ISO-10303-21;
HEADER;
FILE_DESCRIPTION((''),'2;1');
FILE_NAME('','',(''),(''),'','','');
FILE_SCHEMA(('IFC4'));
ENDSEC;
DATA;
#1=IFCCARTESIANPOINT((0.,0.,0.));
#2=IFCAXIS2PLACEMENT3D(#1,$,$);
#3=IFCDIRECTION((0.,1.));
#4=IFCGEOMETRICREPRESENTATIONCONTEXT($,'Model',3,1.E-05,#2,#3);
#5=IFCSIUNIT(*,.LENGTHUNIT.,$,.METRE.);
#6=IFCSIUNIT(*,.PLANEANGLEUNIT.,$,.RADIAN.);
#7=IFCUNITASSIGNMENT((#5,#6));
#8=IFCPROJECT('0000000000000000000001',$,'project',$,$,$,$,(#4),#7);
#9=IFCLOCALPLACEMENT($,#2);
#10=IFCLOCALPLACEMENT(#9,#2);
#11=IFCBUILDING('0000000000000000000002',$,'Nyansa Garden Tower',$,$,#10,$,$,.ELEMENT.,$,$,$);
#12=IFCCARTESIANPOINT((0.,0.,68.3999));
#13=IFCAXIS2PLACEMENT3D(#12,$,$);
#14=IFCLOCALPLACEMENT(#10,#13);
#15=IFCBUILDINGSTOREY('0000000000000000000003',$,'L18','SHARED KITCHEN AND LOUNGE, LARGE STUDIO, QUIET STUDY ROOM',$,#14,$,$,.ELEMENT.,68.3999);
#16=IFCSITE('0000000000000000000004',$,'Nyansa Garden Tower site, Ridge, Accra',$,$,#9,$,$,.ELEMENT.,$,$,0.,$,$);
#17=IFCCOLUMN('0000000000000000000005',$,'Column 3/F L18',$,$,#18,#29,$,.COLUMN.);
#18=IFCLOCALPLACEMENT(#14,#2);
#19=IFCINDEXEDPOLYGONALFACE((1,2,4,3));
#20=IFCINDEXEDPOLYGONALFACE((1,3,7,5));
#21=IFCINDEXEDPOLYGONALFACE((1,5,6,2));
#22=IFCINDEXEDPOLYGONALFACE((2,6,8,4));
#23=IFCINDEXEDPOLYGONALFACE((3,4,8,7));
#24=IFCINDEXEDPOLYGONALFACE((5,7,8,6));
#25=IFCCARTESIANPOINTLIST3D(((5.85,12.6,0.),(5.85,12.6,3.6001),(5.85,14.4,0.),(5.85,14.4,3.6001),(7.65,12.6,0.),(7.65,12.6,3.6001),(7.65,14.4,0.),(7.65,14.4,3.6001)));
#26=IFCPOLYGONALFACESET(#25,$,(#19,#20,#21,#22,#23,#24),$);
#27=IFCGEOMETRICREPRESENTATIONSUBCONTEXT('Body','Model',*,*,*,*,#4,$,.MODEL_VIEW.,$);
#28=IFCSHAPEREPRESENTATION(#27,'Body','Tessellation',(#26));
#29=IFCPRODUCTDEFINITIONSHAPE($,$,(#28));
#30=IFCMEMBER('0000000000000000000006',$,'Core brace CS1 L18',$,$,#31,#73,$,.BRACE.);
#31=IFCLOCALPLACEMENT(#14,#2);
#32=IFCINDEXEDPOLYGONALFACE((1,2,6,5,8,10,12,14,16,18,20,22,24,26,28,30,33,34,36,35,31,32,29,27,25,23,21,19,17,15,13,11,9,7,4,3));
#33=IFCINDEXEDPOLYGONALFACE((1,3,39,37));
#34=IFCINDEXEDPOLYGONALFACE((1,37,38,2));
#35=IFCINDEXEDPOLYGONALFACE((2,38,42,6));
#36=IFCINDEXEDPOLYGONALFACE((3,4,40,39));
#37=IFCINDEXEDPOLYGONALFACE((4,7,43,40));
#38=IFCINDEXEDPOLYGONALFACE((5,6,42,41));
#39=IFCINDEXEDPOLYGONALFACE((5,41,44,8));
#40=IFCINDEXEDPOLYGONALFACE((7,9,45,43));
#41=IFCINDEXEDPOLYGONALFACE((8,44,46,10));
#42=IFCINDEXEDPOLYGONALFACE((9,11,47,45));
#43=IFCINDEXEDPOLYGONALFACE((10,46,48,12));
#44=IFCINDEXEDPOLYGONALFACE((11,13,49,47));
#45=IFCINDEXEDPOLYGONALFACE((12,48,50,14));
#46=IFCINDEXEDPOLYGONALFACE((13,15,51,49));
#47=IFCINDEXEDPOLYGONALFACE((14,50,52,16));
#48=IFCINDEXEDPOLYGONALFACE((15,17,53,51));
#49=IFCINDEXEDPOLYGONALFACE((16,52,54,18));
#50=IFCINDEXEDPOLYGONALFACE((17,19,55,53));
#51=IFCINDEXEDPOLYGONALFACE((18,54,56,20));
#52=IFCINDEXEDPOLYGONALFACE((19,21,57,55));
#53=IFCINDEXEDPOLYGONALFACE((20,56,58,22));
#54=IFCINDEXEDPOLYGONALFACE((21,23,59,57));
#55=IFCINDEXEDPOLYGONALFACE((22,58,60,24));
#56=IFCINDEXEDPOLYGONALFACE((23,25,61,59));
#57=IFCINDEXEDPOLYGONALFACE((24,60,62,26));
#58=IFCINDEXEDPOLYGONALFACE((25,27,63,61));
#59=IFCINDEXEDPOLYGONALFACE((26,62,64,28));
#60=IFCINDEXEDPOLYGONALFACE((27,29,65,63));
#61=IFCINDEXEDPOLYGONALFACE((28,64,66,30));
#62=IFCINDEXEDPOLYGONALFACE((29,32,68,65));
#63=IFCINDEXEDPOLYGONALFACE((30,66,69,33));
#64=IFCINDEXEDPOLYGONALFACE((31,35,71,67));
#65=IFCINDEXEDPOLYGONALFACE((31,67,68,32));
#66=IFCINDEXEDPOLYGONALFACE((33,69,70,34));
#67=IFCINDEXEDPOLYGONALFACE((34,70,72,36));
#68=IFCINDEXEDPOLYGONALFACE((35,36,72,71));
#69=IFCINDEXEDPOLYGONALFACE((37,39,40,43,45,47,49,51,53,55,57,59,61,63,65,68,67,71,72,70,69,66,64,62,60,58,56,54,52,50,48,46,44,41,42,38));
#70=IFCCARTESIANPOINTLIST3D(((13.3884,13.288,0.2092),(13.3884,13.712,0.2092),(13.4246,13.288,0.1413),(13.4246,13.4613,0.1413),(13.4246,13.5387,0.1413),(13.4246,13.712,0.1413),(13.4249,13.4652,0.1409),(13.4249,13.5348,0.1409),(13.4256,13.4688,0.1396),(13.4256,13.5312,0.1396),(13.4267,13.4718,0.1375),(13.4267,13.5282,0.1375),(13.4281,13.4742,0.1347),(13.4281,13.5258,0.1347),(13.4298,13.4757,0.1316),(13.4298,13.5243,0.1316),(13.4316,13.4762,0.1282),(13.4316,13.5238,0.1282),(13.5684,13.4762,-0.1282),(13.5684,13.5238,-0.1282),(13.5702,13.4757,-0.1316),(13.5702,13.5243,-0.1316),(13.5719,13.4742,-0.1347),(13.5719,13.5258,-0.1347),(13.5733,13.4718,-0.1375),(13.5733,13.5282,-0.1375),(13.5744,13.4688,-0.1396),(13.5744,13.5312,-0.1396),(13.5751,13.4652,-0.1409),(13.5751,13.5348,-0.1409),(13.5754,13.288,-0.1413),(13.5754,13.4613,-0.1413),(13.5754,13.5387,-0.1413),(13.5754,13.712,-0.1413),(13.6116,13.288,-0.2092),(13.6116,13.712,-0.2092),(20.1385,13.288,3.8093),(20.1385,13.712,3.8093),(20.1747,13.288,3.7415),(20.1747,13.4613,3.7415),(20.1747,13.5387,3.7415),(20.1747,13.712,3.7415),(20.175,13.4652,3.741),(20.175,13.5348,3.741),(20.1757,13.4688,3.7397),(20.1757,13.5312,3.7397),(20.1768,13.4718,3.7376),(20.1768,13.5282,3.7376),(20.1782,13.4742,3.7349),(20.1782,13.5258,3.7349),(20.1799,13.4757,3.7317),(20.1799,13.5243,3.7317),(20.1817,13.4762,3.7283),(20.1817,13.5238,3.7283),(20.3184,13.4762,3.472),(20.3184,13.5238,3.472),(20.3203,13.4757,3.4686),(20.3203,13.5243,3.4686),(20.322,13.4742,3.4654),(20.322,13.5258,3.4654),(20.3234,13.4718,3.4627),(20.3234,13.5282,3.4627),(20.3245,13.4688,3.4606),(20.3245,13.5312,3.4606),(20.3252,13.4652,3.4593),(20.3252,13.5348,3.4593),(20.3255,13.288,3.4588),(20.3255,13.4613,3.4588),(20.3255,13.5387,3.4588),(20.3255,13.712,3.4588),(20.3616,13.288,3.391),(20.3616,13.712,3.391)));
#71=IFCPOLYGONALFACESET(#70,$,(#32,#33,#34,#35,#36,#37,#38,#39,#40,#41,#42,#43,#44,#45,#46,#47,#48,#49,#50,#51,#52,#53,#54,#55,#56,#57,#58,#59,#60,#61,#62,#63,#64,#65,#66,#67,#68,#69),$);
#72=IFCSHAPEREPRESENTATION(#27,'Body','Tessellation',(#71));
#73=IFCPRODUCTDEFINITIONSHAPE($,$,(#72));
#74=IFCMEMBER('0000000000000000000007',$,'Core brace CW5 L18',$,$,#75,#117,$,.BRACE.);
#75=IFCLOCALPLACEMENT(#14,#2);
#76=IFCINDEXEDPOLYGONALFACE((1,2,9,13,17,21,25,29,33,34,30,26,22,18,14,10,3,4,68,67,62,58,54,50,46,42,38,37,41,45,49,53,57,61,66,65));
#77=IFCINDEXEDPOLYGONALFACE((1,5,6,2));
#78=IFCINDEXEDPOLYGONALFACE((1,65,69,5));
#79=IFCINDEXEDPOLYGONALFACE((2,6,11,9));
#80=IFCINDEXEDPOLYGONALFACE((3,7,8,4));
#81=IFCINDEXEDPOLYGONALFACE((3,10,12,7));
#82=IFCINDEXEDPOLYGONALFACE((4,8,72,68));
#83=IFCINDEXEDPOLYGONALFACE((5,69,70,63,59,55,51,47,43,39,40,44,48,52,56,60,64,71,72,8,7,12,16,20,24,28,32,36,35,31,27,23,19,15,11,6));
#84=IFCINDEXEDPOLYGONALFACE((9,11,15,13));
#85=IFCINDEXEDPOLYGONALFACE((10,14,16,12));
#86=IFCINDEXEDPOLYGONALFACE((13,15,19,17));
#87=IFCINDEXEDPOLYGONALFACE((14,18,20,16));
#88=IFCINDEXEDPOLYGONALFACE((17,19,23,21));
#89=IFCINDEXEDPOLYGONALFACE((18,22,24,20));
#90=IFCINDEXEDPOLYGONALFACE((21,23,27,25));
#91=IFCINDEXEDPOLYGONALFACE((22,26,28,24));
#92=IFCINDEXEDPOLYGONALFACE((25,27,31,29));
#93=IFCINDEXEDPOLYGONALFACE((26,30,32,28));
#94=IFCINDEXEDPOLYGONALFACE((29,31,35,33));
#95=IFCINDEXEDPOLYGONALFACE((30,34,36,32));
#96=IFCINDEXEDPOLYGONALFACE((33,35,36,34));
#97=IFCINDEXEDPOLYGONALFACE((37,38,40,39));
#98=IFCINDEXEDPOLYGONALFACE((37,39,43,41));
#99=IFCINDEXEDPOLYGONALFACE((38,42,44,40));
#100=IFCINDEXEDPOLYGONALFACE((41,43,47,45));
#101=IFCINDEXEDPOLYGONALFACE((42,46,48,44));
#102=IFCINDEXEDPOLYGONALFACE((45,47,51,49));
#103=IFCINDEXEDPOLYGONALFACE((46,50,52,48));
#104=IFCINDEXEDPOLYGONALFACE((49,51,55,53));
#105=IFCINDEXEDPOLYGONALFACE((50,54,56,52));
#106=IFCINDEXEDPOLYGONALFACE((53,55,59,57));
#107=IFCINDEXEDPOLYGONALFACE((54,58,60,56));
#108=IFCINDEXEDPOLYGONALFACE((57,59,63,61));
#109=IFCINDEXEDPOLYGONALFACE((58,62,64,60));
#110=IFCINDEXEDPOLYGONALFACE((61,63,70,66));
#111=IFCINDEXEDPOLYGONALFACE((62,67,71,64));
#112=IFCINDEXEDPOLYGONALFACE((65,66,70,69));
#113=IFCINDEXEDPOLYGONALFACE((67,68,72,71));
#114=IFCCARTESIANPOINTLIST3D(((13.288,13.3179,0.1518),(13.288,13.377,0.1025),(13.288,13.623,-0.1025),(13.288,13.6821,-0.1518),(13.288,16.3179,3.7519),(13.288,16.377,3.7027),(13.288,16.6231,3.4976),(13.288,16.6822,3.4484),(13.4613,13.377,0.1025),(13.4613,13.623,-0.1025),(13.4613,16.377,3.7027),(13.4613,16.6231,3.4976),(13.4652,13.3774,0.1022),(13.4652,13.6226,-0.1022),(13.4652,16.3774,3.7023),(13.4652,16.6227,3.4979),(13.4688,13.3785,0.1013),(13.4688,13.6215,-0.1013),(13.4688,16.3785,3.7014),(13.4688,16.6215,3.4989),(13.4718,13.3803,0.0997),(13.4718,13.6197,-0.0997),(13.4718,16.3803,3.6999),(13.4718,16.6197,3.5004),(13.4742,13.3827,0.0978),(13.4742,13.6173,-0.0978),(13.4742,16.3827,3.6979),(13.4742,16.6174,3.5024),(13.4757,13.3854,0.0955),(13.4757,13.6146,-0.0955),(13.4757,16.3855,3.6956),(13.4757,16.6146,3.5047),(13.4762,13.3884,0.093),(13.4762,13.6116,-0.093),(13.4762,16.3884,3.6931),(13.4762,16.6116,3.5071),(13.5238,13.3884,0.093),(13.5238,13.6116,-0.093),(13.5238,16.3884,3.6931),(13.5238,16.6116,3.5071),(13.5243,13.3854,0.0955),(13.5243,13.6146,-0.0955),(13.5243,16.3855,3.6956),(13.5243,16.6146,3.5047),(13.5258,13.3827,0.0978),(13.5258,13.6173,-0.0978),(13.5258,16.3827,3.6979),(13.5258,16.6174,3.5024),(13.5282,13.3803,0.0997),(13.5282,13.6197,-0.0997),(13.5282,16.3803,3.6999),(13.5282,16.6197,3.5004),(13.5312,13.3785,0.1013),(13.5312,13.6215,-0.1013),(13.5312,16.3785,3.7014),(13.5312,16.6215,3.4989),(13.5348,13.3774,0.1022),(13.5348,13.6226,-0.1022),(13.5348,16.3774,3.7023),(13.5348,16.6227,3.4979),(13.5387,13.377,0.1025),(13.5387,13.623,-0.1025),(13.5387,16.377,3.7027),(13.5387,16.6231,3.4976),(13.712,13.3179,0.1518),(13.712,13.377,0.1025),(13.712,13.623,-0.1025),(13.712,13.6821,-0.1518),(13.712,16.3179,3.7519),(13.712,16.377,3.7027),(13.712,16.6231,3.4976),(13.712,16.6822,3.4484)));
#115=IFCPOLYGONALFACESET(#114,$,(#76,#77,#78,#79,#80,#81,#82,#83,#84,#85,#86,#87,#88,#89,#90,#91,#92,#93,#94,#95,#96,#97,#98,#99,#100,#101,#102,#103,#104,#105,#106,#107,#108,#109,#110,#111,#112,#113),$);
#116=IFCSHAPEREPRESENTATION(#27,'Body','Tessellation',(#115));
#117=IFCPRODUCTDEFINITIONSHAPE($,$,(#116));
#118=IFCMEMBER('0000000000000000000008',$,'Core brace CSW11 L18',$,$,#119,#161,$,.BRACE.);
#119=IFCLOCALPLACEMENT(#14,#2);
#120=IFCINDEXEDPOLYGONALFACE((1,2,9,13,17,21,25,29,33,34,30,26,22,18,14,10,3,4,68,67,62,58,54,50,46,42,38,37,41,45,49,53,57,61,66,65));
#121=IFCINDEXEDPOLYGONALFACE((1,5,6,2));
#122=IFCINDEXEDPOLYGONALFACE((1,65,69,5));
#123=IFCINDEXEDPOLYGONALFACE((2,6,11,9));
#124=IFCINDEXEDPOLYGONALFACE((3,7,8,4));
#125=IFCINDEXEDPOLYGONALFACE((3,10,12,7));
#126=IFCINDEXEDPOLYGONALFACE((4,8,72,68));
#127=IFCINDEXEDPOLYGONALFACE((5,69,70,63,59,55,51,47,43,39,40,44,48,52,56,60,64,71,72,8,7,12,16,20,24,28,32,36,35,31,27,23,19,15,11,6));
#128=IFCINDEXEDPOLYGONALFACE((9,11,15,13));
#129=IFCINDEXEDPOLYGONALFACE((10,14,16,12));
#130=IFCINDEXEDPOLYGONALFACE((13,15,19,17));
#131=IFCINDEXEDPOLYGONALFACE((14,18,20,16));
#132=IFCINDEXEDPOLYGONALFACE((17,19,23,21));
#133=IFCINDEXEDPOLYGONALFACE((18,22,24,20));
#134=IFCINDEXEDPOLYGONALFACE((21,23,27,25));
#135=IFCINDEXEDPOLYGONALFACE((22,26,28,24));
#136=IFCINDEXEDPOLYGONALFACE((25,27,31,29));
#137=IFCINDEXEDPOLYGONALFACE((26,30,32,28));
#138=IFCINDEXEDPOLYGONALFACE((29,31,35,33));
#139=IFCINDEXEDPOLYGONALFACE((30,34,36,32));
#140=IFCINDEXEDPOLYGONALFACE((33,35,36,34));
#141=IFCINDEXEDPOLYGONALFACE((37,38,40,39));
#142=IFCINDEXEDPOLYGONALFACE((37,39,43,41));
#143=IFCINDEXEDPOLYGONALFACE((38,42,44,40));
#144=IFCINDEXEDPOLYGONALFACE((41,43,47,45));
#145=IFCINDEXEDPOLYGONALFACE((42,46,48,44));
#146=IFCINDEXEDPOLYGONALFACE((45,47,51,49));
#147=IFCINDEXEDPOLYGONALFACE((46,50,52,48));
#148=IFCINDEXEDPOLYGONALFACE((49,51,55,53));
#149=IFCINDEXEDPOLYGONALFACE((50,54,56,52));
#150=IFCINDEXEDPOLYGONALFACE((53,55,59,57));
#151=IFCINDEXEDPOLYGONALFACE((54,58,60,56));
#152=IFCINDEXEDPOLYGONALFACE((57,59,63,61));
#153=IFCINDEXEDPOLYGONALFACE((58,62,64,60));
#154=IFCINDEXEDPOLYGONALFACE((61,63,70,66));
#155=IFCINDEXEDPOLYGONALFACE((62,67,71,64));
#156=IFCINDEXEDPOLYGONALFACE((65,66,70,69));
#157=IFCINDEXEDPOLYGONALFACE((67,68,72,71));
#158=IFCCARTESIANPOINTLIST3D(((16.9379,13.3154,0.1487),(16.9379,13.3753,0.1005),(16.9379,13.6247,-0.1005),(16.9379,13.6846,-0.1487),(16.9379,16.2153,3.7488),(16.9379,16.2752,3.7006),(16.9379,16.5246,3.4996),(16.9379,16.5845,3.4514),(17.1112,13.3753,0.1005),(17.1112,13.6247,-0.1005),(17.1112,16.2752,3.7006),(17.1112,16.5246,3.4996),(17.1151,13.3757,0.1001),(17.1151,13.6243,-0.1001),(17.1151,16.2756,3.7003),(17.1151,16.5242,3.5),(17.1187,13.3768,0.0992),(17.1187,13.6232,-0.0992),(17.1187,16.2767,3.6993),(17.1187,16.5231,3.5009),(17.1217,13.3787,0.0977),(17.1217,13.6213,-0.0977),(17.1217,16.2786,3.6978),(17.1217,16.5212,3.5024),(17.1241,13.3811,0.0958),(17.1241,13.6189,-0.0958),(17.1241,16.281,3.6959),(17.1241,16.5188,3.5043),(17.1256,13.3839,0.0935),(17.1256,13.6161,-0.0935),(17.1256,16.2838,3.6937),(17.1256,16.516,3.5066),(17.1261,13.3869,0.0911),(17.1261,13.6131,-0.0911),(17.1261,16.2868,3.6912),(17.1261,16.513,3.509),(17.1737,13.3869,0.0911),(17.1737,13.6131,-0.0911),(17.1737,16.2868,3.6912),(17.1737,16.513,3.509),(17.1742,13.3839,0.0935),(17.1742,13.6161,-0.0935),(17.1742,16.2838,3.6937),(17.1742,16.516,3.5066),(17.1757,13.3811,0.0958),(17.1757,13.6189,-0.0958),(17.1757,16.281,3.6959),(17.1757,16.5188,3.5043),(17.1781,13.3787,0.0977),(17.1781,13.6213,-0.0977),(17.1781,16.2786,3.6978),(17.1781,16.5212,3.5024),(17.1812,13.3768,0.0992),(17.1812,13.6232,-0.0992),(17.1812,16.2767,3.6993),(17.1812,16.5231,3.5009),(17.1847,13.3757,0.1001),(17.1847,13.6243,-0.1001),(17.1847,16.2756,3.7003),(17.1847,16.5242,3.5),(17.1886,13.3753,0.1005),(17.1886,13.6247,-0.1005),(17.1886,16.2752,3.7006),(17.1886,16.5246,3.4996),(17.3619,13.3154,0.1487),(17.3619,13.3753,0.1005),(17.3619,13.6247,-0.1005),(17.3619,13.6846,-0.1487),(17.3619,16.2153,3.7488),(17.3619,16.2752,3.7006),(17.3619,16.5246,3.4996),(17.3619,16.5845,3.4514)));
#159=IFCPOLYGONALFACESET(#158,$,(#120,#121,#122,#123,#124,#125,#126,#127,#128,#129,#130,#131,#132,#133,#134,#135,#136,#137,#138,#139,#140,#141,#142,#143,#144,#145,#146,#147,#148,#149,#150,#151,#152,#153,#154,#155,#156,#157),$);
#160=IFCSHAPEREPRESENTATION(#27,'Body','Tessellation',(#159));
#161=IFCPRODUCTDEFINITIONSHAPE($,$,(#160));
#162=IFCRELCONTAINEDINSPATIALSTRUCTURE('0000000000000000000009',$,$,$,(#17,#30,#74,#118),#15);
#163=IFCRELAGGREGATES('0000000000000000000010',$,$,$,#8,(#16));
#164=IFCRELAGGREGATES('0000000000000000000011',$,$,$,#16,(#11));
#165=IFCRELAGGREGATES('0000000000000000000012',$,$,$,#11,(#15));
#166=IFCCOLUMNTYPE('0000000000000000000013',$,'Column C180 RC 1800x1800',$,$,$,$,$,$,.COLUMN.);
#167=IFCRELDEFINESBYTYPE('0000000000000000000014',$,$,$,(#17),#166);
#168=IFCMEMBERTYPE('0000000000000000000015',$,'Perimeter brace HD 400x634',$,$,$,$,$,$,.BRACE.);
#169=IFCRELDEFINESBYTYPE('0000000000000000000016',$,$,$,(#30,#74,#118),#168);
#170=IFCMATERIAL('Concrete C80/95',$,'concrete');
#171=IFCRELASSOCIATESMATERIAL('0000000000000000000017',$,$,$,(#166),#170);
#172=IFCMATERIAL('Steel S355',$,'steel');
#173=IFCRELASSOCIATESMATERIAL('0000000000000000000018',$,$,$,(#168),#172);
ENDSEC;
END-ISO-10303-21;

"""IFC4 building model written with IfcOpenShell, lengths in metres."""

from ifc_helpers import new_model, si_unit, direction, frame, origin, origin_2d, place, context, subcontext, project, spatial, rectangle, i_section, extrude, material, material_profile, profile_set, type_object, element, save


model = new_model("IFC4")

# Units and contexts
model_context = context("Model", 3, precision=1e-05, world=origin(), true_north=direction((0.0, 1.0)))
body_context = subcontext(model_context, "Body", "Model", "MODEL_VIEW")
ifc_project = project(units=[si_unit("LENGTHUNIT", "METRE"), si_unit("PLANEANGLEUNIT", "RADIAN")], contexts=[model_context])

# Site, building, storey
site_placement = place(None, origin())
site = spatial("IfcSite", under=ifc_project, at=site_placement, Name="Nyansa Garden Tower site, Ridge, Accra", CompositionType="ELEMENT", RefElevation=0.0)
building_placement = place(site_placement, origin())
building = spatial("IfcBuilding", under=site, at=building_placement, Name="Nyansa Garden Tower", CompositionType="ELEMENT")
storey_placement = place(building_placement, frame((0.0, 0.0, 68.3999)))
storey = spatial("IfcBuildingStorey", under=building, at=storey_placement, Name="L18", Description="SHARED KITCHEN AND LOUNGE, LARGE STUDIO, QUIET STUDY ROOM", CompositionType="ELEMENT", Elevation=68.3999)

# Column
ifc_material_1 = material(Name="Concrete C80/95", Category="concrete")
ifc_material_profile_1 = material_profile(ifc_material_1, rectangle(XDim=1.8, YDim=1.8, at=origin_2d()), Name="RC 1800x1800")
ifc_profile_set_1 = profile_set([ifc_material_profile_1], Name="Concrete C80/95")
column_type = type_object("IfcColumnType", Name="Column C180 RC 1800x1800", PredefinedType="COLUMN", material=ifc_profile_set_1)
column_placement = place(storey_placement, frame((6.75, 13.5, 0.0), z_axis=(0.0, 0.0, 1.0), x_axis=(1.0, 0.0, 0.0)))
element("IfcColumn", 1, at=column_placement, inside=storey, type_object=column_type, Name="Column 3/F L18", PredefinedType="COLUMN", context=body_context, shape_type="SweptSolid", body=[
    extrude(rectangle(XDim=1.8, YDim=1.8, at=origin_2d()), origin(), (0.0, 0.0, 1.0), 3.6001),
])

# Members
ifc_material_2 = material(Name="Steel S355", Category="steel")
ifc_material_profile_2 = material_profile(ifc_material_2, i_section(OverallWidth=0.4241, OverallDepth=0.4741, WebThickness=0.0476, FlangeThickness=0.0769, FilletRadius=0.0149, at=origin_2d()), Name="HD 400x634")
ifc_profile_set_2 = profile_set([ifc_material_profile_2], Name="Steel S355")
member_type = type_object("IfcMemberType", Name="Perimeter brace HD 400x634", PredefinedType="BRACE", material=ifc_profile_set_2)
member_1_placement = place(storey_placement, frame((13.5, 13.5, 0.0), z_axis=(0.882348, 0.0, 0.470598), x_axis=(0.0, 1.0, 0.0)))
element("IfcMember", 2, at=member_1_placement, inside=storey, type_object=member_type, Name="Core brace CS1 L18", PredefinedType="BRACE", context=body_context, shape_type="SweptSolid", body=[
    extrude(i_section(OverallWidth=0.4241, OverallDepth=0.4741, WebThickness=0.0476, FlangeThickness=0.0769, FilletRadius=0.0149, at=origin_2d()), origin(), (0.0, 0.0, 1.0), 7.6501),
])
member_2_placement = place(storey_placement, frame((13.5, 13.5, 0.0), z_axis=(0.0, 0.640174, 0.76823), x_axis=(-1.0, 0.0, 0.0)))
element("IfcMember", 3, at=member_2_placement, inside=storey, type_object=member_type, Name="Core brace CW5 L18", PredefinedType="BRACE", context=body_context, shape_type="SweptSolid", body=[
    extrude(i_section(OverallWidth=0.4241, OverallDepth=0.4741, WebThickness=0.0476, FlangeThickness=0.0769, FilletRadius=0.0149, at=origin_2d()), origin(), (0.0, 0.0, 1.0), 4.6863),
])
for number, where, z_axis, x_axis, name in (
    (4, (17.1499, 13.5, 0.0), (0.0, 0.627306, 0.778773), (-1.0, 0.0, 0.0), "Core brace CSW11 L18"),
):
    element("IfcMember", number, at=place(storey_placement, frame(where, z_axis=z_axis, x_axis=x_axis)), inside=storey, type_object=member_type, Name=name, PredefinedType="BRACE", context=body_context, shape_type="SweptSolid", body=[
        extrude(i_section(OverallWidth=0.4241, OverallDepth=0.4741, WebThickness=0.0476, FlangeThickness=0.0769, FilletRadius=0.0149, at=origin_2d()), origin(), (0.0, 0.0, 1.0), 4.6228),
    ])

save(model, "model.ifc")
